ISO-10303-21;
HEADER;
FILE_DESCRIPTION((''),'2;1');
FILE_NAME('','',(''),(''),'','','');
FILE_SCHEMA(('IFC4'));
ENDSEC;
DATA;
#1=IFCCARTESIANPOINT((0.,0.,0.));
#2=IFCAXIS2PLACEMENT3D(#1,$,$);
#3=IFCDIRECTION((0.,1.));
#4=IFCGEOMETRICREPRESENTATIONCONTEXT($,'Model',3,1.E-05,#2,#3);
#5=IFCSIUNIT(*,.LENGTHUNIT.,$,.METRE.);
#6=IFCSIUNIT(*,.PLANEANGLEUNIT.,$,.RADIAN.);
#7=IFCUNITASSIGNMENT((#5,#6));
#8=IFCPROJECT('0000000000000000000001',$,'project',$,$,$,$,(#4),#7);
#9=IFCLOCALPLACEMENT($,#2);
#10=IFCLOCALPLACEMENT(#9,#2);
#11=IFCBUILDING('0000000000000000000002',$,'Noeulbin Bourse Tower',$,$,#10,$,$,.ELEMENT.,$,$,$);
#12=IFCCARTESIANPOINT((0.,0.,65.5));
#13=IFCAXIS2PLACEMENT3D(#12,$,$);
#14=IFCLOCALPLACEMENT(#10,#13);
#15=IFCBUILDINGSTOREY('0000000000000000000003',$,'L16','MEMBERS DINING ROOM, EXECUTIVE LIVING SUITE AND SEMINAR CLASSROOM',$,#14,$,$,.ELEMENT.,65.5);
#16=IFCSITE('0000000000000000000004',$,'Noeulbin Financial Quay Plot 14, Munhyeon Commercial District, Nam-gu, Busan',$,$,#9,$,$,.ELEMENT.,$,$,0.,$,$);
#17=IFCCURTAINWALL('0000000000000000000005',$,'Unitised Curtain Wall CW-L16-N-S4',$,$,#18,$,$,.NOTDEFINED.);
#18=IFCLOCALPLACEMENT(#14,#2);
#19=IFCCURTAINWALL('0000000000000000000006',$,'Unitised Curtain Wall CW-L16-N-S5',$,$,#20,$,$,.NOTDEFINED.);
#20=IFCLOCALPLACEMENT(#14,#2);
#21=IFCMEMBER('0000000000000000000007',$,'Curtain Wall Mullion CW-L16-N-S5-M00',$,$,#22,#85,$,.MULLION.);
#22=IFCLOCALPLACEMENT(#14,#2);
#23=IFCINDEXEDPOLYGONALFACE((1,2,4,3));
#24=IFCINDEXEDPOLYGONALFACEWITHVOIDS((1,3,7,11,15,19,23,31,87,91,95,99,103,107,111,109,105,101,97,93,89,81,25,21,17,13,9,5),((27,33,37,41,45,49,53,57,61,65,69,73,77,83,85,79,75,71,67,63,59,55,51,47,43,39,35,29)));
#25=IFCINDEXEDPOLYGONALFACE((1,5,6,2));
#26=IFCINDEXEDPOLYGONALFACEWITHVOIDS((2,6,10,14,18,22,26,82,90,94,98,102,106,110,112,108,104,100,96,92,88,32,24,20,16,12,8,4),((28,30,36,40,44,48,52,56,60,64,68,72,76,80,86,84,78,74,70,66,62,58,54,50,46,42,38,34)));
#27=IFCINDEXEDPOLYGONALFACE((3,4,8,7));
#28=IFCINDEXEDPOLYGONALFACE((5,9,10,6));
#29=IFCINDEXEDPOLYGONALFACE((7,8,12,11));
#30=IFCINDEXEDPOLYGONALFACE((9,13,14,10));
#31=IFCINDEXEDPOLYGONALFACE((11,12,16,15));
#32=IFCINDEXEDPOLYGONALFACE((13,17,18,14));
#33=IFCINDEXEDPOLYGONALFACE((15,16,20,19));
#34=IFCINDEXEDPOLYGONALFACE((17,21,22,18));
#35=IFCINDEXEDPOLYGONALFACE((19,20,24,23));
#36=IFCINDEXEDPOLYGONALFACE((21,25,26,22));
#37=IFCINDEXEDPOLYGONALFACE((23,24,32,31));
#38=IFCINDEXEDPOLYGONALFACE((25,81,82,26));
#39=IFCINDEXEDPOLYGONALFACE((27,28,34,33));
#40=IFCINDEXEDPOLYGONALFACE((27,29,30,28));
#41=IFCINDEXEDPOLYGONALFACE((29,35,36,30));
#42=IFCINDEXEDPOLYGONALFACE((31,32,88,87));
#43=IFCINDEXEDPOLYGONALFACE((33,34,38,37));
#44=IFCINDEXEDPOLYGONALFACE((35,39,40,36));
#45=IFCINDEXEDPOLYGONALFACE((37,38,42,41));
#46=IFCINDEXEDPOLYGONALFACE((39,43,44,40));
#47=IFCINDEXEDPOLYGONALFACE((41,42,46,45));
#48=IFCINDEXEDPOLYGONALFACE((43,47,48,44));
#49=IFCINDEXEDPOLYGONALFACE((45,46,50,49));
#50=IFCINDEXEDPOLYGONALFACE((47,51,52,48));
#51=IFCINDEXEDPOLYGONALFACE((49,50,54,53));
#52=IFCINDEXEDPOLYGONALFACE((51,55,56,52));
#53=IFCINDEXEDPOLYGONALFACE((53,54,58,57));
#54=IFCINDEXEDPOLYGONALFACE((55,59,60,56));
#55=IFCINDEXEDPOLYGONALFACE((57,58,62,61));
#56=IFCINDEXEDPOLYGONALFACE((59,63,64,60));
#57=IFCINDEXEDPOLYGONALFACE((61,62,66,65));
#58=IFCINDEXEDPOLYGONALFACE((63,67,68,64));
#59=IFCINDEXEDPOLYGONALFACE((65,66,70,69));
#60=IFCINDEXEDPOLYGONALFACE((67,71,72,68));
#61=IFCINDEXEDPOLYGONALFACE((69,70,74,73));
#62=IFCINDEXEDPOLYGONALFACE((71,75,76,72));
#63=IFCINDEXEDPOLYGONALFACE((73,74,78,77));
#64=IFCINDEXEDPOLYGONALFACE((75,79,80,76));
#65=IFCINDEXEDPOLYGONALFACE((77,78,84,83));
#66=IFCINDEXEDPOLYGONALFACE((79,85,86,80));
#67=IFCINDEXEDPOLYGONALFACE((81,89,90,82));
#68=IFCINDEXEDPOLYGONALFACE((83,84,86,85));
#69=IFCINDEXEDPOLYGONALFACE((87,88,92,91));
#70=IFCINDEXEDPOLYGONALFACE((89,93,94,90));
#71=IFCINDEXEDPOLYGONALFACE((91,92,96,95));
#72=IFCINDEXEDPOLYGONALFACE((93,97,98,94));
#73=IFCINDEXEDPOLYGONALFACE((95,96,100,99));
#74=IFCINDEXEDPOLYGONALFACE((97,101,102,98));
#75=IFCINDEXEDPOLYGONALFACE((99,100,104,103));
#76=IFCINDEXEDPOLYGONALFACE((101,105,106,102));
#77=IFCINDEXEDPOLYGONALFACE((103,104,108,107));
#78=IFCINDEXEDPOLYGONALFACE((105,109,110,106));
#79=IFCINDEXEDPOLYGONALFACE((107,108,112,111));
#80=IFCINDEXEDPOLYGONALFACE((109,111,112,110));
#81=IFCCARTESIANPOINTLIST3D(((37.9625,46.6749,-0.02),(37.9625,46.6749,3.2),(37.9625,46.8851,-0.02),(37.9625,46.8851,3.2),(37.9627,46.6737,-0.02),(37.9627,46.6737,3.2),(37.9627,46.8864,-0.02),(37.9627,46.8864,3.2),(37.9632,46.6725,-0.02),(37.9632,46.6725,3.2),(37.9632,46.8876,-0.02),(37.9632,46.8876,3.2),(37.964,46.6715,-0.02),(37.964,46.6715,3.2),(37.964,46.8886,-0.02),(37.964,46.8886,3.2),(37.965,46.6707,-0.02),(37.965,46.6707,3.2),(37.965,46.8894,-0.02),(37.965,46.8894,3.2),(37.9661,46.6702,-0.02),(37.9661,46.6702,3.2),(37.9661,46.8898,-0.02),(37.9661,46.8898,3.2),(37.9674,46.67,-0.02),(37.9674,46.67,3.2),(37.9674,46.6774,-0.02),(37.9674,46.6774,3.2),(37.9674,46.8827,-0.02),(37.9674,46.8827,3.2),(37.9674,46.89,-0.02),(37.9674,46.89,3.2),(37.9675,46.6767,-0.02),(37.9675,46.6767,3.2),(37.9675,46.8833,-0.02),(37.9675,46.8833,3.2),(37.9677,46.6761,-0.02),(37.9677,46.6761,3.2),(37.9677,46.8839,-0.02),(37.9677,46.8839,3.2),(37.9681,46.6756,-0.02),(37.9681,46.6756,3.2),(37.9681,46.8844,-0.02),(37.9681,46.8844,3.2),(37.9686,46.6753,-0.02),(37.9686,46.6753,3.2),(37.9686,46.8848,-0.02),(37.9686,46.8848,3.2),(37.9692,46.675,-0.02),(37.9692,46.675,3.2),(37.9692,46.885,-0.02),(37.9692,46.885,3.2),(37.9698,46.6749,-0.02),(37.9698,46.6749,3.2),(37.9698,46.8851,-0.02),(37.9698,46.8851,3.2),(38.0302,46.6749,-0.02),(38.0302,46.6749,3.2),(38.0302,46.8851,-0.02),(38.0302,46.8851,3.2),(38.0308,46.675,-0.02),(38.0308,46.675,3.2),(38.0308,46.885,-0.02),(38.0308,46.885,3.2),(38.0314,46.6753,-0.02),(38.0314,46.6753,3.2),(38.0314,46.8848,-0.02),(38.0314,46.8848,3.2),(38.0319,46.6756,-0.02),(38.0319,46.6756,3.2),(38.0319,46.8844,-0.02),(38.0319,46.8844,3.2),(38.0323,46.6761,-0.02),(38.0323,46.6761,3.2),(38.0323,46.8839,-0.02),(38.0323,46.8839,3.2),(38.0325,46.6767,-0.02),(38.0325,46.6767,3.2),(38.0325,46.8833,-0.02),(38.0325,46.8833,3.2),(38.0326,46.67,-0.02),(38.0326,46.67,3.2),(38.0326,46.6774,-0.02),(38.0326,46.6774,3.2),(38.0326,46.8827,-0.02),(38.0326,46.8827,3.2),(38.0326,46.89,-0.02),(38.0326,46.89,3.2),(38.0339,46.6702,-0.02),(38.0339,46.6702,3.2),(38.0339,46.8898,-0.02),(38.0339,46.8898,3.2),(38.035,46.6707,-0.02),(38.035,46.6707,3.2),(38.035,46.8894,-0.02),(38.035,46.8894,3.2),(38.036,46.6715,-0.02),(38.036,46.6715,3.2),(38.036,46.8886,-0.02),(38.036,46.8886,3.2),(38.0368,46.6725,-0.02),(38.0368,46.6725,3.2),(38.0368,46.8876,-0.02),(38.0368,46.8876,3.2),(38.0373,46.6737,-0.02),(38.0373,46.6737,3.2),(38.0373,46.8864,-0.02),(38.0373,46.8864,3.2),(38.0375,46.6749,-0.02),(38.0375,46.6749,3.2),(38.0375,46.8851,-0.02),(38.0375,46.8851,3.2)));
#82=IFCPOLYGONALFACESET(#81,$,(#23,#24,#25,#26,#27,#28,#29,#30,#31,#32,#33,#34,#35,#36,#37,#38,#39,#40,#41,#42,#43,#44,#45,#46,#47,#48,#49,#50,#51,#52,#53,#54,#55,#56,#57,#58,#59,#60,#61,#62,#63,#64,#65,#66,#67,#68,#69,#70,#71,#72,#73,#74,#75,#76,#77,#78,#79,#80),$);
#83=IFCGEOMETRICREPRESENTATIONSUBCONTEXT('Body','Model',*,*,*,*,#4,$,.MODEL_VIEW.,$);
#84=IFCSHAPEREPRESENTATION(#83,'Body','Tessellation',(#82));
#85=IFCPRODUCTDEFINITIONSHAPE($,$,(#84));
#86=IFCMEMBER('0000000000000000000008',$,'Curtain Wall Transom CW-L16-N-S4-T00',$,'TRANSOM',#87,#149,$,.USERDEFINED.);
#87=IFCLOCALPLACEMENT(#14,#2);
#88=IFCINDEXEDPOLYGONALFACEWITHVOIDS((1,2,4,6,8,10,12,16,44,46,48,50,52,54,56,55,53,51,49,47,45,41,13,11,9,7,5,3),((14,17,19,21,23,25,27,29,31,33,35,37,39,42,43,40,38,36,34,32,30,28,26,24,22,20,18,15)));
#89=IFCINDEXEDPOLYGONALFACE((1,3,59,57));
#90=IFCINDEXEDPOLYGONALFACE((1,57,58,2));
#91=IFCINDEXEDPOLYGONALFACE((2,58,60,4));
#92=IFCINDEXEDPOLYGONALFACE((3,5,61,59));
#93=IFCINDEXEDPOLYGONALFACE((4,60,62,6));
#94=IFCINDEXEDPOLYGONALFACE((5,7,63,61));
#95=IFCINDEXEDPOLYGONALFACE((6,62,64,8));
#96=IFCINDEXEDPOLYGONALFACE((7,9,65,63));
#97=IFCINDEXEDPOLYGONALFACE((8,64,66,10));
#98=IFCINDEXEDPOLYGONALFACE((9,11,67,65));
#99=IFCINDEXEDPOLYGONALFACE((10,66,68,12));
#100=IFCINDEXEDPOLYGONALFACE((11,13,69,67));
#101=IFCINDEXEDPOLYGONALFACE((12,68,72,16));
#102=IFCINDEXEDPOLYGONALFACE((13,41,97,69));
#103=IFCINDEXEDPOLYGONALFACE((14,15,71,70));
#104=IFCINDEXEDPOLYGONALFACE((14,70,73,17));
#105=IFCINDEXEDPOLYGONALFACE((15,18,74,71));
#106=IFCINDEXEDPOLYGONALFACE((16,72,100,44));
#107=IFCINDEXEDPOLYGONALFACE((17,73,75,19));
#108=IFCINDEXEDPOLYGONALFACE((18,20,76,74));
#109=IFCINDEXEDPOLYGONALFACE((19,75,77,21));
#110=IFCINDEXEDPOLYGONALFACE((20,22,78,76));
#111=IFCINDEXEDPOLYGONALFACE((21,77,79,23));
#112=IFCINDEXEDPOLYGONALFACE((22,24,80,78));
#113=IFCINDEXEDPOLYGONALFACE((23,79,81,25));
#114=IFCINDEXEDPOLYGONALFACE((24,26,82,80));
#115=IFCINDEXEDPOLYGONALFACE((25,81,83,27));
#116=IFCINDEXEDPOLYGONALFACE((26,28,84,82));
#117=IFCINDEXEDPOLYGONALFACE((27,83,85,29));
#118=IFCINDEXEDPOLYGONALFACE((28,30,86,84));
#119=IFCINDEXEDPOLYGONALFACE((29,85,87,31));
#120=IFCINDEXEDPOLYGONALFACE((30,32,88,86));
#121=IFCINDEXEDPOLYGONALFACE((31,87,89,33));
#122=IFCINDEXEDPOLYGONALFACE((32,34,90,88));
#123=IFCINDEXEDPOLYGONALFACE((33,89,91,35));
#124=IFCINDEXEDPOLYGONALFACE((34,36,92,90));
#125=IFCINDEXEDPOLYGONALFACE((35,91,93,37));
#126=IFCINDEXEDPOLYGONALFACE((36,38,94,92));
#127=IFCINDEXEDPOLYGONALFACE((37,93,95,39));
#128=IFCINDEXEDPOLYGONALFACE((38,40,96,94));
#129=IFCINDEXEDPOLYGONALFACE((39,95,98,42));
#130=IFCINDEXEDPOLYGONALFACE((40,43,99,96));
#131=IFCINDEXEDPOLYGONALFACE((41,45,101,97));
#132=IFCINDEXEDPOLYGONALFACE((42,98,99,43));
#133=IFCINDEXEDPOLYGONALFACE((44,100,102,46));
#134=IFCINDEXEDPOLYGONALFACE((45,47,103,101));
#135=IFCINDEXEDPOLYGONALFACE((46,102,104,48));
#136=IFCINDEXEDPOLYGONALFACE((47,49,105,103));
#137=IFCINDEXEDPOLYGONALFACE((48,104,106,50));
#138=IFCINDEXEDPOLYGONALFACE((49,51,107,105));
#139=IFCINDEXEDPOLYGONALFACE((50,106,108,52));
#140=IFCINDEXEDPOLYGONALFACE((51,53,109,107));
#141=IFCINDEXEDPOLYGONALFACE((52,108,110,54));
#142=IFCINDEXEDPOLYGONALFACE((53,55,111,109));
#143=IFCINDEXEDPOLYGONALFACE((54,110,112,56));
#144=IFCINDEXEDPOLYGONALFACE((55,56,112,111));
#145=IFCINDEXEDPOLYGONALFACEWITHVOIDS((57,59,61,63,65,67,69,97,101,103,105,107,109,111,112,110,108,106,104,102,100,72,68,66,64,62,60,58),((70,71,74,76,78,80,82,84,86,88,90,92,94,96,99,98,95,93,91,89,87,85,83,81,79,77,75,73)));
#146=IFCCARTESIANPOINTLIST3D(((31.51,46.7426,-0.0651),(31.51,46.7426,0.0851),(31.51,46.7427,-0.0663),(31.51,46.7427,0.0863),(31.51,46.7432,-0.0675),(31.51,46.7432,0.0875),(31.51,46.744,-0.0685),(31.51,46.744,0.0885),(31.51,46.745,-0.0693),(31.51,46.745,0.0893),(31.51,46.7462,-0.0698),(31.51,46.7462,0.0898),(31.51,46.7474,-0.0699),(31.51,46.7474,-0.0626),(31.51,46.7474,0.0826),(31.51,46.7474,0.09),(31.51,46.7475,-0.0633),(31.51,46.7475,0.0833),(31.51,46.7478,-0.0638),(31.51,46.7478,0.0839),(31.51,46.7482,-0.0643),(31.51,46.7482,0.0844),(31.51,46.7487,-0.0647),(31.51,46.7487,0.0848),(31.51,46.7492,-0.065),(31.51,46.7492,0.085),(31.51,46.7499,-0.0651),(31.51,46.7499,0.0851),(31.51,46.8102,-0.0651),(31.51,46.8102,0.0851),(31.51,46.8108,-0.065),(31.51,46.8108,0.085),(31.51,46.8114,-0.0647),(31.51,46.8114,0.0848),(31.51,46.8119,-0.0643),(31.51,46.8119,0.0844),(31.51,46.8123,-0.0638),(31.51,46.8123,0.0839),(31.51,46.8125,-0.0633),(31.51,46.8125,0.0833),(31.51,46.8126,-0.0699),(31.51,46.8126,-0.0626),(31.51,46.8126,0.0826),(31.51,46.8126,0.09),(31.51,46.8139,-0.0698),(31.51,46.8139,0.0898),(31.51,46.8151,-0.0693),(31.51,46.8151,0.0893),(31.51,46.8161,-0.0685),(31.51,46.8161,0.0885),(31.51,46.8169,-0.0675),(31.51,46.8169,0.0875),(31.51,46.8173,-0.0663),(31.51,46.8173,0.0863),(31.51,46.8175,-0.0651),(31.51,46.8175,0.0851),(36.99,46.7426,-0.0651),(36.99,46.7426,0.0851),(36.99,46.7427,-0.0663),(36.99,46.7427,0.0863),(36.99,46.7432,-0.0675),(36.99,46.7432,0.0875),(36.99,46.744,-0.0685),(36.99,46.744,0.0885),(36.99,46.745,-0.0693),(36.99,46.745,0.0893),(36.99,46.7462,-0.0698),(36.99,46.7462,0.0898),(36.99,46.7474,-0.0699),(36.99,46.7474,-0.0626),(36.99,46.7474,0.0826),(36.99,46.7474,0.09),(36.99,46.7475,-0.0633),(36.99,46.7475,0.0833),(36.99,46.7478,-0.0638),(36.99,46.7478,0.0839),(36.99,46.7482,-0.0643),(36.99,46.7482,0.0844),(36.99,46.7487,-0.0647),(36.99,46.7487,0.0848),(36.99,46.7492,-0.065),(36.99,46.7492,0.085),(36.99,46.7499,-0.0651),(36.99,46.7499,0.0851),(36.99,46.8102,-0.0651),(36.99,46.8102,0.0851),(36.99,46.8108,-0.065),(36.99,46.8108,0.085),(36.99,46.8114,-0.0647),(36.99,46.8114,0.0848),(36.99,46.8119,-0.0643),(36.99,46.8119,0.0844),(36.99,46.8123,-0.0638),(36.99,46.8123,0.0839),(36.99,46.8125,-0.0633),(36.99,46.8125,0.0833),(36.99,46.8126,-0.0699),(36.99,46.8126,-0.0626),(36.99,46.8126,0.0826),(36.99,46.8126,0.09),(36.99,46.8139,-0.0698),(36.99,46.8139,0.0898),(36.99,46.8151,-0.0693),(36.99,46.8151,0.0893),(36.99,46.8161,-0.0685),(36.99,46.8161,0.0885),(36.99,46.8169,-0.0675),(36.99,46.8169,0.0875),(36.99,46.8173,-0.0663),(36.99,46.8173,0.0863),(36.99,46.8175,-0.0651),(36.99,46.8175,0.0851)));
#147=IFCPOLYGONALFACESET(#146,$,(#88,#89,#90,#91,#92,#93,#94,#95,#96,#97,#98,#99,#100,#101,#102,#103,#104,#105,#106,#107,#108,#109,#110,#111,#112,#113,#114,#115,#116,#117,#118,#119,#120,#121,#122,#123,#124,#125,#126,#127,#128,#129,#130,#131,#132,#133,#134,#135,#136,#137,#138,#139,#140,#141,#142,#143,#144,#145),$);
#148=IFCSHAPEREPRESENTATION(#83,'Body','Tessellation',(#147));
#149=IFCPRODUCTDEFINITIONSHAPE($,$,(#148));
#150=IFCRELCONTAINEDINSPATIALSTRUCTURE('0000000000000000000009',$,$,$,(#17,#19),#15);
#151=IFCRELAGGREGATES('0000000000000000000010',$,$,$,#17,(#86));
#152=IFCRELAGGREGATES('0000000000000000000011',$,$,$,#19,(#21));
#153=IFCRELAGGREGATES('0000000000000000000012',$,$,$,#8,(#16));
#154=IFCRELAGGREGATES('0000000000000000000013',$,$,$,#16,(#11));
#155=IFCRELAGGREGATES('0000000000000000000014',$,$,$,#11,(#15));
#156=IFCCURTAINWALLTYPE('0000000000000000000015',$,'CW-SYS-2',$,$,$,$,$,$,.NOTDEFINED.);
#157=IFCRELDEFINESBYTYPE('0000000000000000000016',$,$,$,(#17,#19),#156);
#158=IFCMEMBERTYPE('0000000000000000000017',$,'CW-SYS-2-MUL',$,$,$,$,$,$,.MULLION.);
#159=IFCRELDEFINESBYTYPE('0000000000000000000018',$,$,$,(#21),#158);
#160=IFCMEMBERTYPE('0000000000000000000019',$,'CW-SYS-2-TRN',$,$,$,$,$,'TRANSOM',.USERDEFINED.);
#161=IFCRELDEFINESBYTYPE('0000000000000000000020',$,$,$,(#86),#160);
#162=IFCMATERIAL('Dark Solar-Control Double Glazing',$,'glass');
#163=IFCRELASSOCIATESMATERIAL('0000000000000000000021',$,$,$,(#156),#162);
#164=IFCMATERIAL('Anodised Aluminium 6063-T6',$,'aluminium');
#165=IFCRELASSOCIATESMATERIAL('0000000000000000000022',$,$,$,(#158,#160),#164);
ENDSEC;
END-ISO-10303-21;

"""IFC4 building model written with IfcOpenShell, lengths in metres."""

from ifc_helpers import new_model, si_unit, direction, frame, origin, origin_2d, place, context, subcontext, project, spatial, hollow_rectangle, extrude, material, material_profile, profile_set, type_object, element, aggregate, save


model = new_model("IFC4")

# Units and contexts
model_context = context("Model", 3, precision=1e-05, world=origin(), true_north=direction((0.0, 1.0)))
body_context = subcontext(model_context, "Body", "Model", "MODEL_VIEW")
ifc_project = project(units=[si_unit("LENGTHUNIT", "METRE"), si_unit("PLANEANGLEUNIT", "RADIAN")], contexts=[model_context])

# Site, building, storey
site_placement = place(None, origin())
site = spatial("IfcSite", under=ifc_project, at=site_placement, Name="Noeulbin Financial Quay Plot 14, Munhyeon Commercial District, Nam-gu, Busan", CompositionType="ELEMENT", RefElevation=0.0)
building_placement = place(site_placement, origin())
building = spatial("IfcBuilding", under=site, at=building_placement, Name="Noeulbin Bourse Tower", CompositionType="ELEMENT")
storey_placement = place(building_placement, frame((0.0, 0.0, 65.5)))
storey = spatial("IfcBuildingStorey", under=building, at=storey_placement, Name="L16", Description="MEMBERS DINING ROOM, EXECUTIVE LIVING SUITE AND SEMINAR CLASSROOM", CompositionType="ELEMENT", Elevation=65.5)

# Shared definitions
ifc_material_1 = material(Name="Dark Solar-Control Double Glazing", Category="glass")
curtain_wall_type = type_object("IfcCurtainWallType", Name="CW-SYS-2", PredefinedType="NOTDEFINED", material=ifc_material_1)
ifc_material_2 = material(Name="Anodised Aluminium 6063-T6", Category="aluminium")
ifc_material_profile_1 = material_profile(ifc_material_2, hollow_rectangle(XDim=0.075, YDim=0.22, WallThickness=0.0049, InnerFilletRadius=0.0024, OuterFilletRadius=0.0049, at=origin_2d()), Name="ALU-MULL-75x220x5", Category="LoadBearing")
ifc_profile_set_1 = profile_set([ifc_material_profile_1], Name="Anodised Aluminium 6063-T6")
member_type_1 = type_object("IfcMemberType", Name="CW-SYS-2-MUL", PredefinedType="MULLION", material=ifc_profile_set_1)

# Curtain wall
curtain_wall_1_placement = place(storey_placement, origin())
curtain_wall_1 = element("IfcCurtainWall", 1, at=curtain_wall_1_placement, inside=storey, type_object=curtain_wall_type, Name="Unitised Curtain Wall CW-L16-N-S4", PredefinedType="NOTDEFINED")

# Curtain wall, member
curtain_wall_2_placement = place(storey_placement, origin())
curtain_wall_2 = element("IfcCurtainWall", 2, at=curtain_wall_2_placement, inside=storey, type_object=curtain_wall_type, Name="Unitised Curtain Wall CW-L16-N-S5", PredefinedType="NOTDEFINED")
member_1_placement = place(storey_placement, frame((38.0, 46.78, -0.02), z_axis=(0.0, 0.0, 1.0), x_axis=(1.0, 0.0, 0.0)))
member_1 = element("IfcMember", 3, at=member_1_placement, type_object=member_type_1, Name="Curtain Wall Mullion CW-L16-N-S5-M00", PredefinedType="MULLION", context=body_context, shape_type="SweptSolid", body=[
    extrude(hollow_rectangle(XDim=0.075, YDim=0.22, WallThickness=0.0049, InnerFilletRadius=0.0024, OuterFilletRadius=0.0049, at=origin_2d()), origin(), (0.0, 0.0, 1.0), 3.22),
])

# Member
ifc_material_profile_2 = material_profile(ifc_material_2, hollow_rectangle(XDim=0.075, YDim=0.1599, WallThickness=0.0049, InnerFilletRadius=0.0024, OuterFilletRadius=0.0049, at=origin_2d()), Name="ALU-TRAN-75x160x5", Category="LoadBearing")
ifc_profile_set_2 = profile_set([ifc_material_profile_2], Name="Anodised Aluminium 6063-T6")
member_type_2 = type_object("IfcMemberType", Name="CW-SYS-2-TRN", ElementType="TRANSOM", PredefinedType="USERDEFINED", material=ifc_profile_set_2)
member_2_placement = place(storey_placement, frame((31.51, 46.78, 0.01), z_axis=(1.0, 0.0, 0.0), x_axis=(0.0, 1.0, 0.0)))
member_2 = element("IfcMember", 4, at=member_2_placement, type_object=member_type_2, Name="Curtain Wall Transom CW-L16-N-S4-T00", ObjectType="TRANSOM", PredefinedType="USERDEFINED", context=body_context, shape_type="SweptSolid", body=[
    extrude(hollow_rectangle(XDim=0.075, YDim=0.1599, WallThickness=0.0049, InnerFilletRadius=0.0024, OuterFilletRadius=0.0049, at=origin_2d()), origin(), (0.0, 0.0, 1.0), 5.48),
])

aggregate(curtain_wall_1, [member_2])
aggregate(curtain_wall_2, [member_1])

save(model, "model.ifc")
